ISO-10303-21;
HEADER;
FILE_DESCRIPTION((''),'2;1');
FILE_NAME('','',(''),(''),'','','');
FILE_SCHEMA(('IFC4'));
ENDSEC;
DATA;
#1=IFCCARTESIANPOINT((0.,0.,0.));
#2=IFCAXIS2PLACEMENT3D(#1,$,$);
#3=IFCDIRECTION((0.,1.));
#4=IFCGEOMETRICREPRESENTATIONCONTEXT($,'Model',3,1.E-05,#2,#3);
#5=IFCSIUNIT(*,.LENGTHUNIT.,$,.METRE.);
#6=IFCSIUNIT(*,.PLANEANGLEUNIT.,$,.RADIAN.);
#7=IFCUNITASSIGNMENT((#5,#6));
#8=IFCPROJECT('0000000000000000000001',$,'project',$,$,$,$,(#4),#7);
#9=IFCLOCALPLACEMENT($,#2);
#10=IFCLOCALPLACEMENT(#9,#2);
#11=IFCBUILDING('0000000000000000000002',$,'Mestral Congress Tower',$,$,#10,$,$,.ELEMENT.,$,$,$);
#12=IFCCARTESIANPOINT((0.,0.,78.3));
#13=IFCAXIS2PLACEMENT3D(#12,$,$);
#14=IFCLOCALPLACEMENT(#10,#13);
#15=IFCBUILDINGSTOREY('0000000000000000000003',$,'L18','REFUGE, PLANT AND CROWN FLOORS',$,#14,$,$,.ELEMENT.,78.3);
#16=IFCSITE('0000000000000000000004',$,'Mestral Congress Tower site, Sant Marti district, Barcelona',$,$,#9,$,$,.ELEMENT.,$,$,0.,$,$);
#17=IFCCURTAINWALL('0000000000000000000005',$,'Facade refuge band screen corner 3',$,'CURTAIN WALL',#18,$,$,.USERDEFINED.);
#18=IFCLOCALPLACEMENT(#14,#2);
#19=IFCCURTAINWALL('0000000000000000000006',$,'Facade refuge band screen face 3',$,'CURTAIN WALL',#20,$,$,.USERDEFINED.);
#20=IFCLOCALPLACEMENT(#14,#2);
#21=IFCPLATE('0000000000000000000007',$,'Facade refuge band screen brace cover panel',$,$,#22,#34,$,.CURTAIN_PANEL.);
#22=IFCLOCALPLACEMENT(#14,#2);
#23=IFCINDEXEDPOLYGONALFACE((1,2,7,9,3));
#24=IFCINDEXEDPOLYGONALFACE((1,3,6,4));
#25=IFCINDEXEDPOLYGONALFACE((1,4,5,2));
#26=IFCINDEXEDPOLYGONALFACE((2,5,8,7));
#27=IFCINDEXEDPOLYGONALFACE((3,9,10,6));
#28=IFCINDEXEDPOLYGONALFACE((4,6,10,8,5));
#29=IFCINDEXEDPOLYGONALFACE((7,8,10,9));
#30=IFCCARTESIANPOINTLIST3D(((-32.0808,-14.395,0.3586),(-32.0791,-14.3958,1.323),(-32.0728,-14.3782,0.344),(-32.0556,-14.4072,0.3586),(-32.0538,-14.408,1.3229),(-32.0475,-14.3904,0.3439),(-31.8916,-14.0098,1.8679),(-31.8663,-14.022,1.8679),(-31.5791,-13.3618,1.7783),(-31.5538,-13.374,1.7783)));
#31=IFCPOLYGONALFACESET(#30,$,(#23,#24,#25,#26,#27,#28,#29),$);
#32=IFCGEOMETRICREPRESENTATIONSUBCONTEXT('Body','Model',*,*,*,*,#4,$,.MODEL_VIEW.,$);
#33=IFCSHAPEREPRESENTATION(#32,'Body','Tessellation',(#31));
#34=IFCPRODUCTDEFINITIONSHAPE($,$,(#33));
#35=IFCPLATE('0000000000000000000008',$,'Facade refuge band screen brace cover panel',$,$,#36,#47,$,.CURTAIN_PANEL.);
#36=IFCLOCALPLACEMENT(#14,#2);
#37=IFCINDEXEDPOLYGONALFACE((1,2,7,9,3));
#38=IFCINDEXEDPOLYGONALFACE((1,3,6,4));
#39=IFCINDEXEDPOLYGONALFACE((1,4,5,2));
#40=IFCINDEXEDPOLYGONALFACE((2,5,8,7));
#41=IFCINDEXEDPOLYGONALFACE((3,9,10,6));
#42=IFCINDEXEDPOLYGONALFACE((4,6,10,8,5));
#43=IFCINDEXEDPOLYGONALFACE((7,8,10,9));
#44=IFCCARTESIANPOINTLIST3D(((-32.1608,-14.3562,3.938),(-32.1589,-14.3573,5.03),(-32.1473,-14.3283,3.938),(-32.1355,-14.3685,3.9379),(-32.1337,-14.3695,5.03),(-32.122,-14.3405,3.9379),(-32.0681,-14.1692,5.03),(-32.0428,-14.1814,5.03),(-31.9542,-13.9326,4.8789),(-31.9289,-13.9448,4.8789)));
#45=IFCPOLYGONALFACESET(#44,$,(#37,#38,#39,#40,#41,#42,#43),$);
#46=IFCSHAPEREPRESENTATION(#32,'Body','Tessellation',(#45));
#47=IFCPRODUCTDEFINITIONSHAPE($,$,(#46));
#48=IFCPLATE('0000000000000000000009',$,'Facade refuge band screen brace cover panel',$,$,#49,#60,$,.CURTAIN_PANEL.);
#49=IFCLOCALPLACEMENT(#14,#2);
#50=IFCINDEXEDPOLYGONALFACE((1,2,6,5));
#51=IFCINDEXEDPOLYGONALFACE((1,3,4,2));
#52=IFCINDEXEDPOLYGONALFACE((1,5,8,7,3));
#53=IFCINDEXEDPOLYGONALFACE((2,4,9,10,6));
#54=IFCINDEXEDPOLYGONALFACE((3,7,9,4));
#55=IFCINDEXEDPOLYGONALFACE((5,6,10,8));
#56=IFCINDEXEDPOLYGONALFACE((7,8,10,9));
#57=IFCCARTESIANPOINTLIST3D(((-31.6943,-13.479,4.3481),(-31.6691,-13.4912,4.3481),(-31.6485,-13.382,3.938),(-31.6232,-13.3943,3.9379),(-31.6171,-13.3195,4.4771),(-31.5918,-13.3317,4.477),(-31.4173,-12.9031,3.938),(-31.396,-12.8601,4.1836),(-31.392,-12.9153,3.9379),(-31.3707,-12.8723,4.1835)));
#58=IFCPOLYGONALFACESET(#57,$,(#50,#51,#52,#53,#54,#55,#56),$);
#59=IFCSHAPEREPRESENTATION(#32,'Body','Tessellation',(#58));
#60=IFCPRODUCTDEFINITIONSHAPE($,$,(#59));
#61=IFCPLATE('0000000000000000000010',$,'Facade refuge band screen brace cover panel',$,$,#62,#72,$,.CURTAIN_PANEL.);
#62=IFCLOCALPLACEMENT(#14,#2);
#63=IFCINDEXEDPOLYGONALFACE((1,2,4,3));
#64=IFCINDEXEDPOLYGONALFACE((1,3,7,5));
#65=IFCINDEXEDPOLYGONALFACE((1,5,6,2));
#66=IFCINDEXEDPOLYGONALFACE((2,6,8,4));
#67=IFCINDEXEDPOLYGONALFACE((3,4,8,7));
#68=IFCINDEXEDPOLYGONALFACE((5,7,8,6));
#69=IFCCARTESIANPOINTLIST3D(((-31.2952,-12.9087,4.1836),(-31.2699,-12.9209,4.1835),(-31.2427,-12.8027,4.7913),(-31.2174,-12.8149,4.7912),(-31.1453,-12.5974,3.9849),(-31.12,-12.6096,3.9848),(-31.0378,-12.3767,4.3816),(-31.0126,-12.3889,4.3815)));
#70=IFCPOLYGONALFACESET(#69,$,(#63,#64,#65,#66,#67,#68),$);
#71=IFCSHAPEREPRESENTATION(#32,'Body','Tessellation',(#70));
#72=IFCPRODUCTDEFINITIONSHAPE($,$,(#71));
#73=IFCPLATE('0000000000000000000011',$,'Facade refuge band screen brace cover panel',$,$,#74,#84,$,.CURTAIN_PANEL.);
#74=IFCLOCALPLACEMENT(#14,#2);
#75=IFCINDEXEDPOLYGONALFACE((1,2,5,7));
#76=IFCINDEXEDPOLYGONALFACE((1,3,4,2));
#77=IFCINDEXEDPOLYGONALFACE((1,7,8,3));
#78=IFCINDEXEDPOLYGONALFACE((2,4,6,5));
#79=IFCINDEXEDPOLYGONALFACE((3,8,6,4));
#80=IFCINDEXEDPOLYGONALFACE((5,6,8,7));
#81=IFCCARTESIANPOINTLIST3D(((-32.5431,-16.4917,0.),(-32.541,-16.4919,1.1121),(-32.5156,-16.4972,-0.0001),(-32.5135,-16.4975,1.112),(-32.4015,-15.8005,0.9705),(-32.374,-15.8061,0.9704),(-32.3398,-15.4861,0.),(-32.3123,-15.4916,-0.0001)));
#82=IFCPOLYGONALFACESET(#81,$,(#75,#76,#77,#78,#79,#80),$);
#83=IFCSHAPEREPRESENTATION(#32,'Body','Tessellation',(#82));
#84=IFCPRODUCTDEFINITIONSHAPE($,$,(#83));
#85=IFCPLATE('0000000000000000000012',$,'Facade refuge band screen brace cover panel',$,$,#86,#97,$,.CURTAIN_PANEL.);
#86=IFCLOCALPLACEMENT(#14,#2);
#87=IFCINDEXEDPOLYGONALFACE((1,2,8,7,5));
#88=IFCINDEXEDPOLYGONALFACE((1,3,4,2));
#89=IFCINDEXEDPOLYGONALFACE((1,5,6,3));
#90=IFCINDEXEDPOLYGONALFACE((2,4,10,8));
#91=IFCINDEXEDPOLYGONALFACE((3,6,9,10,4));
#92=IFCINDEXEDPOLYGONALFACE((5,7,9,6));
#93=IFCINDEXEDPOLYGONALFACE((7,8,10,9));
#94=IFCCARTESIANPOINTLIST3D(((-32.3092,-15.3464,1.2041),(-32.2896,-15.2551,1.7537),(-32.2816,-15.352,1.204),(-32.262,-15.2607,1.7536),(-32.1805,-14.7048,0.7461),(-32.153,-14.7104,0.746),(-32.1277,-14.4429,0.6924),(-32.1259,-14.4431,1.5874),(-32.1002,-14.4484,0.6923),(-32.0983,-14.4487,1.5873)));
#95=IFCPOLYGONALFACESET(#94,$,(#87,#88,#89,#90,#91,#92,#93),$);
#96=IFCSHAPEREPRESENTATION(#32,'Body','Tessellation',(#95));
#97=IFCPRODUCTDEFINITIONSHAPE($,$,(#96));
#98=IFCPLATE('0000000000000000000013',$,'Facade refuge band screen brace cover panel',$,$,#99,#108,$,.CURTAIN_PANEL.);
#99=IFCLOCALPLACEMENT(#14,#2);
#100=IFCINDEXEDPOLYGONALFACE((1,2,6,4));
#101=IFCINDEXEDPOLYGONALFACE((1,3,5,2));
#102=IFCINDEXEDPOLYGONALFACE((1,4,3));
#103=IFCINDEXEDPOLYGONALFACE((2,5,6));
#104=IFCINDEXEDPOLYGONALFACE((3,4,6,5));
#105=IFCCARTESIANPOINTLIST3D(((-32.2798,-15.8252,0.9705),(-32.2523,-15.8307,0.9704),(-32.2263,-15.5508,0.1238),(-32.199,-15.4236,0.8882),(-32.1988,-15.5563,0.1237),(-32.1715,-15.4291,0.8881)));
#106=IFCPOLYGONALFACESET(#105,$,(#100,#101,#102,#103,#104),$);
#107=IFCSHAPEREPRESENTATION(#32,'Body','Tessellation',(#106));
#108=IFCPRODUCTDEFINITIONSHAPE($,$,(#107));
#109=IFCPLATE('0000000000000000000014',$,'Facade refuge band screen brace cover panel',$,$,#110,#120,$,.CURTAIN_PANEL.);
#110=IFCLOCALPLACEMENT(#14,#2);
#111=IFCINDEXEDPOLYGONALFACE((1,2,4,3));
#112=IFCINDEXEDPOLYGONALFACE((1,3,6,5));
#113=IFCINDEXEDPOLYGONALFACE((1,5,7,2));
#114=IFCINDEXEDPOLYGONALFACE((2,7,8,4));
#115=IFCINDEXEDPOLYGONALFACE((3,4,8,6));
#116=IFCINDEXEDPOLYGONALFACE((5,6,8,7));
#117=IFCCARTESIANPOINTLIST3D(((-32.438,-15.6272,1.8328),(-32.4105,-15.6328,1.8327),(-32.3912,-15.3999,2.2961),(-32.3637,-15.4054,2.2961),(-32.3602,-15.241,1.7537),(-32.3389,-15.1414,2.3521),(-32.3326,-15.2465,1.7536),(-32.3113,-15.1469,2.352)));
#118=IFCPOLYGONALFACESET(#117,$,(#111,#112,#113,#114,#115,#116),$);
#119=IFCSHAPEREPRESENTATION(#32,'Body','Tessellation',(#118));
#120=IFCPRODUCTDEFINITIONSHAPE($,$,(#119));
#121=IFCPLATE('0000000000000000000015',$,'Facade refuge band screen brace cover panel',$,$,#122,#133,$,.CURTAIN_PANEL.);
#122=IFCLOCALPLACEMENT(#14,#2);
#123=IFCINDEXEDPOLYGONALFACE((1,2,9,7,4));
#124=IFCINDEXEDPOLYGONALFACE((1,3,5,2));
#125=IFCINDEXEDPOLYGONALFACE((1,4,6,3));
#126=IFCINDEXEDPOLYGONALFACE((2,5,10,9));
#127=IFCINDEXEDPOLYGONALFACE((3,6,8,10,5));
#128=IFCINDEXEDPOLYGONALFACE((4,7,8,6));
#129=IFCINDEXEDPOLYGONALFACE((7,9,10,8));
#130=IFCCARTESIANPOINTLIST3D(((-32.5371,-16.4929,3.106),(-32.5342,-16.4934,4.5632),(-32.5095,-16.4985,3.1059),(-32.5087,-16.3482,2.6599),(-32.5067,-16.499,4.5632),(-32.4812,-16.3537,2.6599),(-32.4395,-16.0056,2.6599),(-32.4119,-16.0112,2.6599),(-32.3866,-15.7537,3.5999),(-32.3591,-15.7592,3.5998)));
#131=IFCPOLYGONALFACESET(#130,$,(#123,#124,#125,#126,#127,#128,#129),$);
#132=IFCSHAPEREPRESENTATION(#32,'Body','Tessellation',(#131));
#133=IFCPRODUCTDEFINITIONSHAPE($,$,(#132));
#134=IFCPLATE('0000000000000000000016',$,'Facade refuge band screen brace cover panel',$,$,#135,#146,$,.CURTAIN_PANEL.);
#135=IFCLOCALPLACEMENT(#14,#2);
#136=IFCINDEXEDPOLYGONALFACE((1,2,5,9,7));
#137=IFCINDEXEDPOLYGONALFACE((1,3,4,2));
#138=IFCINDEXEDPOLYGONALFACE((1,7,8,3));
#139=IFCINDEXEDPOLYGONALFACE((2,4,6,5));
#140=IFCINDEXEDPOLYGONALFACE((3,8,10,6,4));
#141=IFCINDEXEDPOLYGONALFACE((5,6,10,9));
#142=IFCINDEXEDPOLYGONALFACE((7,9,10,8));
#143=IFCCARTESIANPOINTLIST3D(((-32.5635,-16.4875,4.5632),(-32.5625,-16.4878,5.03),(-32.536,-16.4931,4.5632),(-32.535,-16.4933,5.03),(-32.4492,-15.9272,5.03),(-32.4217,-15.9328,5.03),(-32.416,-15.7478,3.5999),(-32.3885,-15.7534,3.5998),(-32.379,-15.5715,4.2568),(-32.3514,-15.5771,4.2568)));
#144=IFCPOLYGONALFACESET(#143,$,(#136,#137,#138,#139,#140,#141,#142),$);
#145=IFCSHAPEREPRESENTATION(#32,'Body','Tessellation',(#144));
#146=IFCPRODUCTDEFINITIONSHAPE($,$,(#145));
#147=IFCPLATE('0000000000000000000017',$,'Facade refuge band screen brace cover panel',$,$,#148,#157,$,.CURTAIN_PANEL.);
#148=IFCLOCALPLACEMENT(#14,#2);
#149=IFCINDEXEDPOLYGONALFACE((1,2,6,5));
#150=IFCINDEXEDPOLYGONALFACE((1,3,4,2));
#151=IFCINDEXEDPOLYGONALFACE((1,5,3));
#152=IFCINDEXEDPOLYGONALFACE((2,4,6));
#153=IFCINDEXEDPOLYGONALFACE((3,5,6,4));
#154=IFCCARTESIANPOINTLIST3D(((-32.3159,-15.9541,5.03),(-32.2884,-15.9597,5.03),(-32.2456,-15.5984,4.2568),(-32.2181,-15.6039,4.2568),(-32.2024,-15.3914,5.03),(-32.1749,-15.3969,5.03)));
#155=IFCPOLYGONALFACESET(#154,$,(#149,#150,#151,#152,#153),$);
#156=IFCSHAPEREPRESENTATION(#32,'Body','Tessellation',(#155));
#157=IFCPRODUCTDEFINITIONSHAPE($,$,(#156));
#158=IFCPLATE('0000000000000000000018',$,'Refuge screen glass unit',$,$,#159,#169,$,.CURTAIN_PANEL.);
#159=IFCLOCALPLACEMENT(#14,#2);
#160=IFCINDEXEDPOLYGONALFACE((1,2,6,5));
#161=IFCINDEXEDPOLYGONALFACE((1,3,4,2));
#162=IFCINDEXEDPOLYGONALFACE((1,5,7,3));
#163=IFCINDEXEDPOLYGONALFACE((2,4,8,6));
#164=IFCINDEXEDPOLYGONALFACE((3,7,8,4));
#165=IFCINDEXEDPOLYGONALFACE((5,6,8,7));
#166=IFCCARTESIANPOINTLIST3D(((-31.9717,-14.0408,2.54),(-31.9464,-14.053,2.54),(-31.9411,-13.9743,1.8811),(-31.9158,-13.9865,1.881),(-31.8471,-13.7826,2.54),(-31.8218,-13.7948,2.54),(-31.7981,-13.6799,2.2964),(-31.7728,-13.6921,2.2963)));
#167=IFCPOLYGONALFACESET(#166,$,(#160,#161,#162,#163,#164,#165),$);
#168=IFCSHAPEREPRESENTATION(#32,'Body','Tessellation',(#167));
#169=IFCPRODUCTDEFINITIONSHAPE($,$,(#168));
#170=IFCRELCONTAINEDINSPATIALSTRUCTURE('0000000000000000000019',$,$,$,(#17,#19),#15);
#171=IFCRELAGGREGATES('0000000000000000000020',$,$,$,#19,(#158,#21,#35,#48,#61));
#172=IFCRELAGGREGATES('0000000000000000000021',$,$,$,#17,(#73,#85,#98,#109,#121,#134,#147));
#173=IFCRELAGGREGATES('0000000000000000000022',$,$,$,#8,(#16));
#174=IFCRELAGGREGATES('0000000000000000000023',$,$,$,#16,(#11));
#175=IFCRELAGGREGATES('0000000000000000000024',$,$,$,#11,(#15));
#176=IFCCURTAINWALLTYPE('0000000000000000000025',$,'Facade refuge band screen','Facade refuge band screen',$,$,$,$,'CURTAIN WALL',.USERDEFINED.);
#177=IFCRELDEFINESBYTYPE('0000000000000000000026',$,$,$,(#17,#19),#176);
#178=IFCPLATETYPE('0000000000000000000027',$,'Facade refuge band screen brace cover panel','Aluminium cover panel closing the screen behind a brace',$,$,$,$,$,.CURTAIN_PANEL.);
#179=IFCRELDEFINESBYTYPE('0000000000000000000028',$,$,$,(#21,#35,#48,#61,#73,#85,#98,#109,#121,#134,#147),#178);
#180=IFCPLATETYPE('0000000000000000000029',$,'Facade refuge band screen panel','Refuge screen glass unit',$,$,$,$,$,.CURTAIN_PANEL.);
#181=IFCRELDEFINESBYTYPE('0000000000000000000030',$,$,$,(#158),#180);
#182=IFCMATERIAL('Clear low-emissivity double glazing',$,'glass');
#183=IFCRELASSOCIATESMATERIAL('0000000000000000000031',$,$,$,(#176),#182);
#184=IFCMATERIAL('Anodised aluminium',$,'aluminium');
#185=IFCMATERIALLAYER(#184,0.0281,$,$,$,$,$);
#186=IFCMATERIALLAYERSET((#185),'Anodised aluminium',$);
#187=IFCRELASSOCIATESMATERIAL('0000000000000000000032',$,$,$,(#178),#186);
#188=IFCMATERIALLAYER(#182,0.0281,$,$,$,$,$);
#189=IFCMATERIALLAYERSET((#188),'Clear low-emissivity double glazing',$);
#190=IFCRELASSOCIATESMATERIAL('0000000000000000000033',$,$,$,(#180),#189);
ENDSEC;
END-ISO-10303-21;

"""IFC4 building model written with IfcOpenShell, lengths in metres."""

from ifc_helpers import new_model, si_unit, direction, frame, origin, place, context, subcontext, project, spatial, polyline, outline, extrude, material, layer, layer_set, type_object, element, aggregate, save


model = new_model("IFC4")

# Units and contexts
model_context = context("Model", 3, precision=1e-05, world=origin(), true_north=direction((0.0, 1.0)))
body_context = subcontext(model_context, "Body", "Model", "MODEL_VIEW")
ifc_project = project(units=[si_unit("LENGTHUNIT", "METRE"), si_unit("PLANEANGLEUNIT", "RADIAN")], contexts=[model_context])

# Site, building, storey
site_placement = place(None, origin())
site = spatial("IfcSite", under=ifc_project, at=site_placement, Name="Mestral Congress Tower site, Sant Marti district, Barcelona", CompositionType="ELEMENT", RefElevation=0.0)
building_placement = place(site_placement, origin())
building = spatial("IfcBuilding", under=site, at=building_placement, Name="Mestral Congress Tower", CompositionType="ELEMENT")
storey_placement = place(building_placement, frame((0.0, 0.0, 78.3)))
storey = spatial("IfcBuildingStorey", under=building, at=storey_placement, Name="L18", Description="REFUGE, PLANT AND CROWN FLOORS", CompositionType="ELEMENT", Elevation=78.3)

# Curtain wall
ifc_material_1 = material(Name="Clear low-emissivity double glazing", Category="glass")
curtain_wall_type = type_object("IfcCurtainWallType", Name="Facade refuge band screen", Description="Facade refuge band screen", ElementType="CURTAIN WALL", PredefinedType="USERDEFINED", material=ifc_material_1)
placement = place(storey_placement, origin())
curtain_wall_1 = element("IfcCurtainWall", 1, at=placement, inside=storey, type_object=curtain_wall_type, Name="Facade refuge band screen corner 3", ObjectType="CURTAIN WALL", PredefinedType="USERDEFINED")
ifc_material_2 = material(Name="Anodised aluminium", Category="aluminium")

# Curtain wall, plates
curtain_wall_2 = element("IfcCurtainWall", 2, at=placement, inside=storey, type_object=curtain_wall_type, Name="Facade refuge band screen face 3", ObjectType="CURTAIN WALL", PredefinedType="USERDEFINED")
ifc_layer_1 = layer(ifc_material_2, 0.0281)
ifc_layer_set_1 = layer_set([ifc_layer_1], Name="Anodised aluminium")
plate_type_1 = type_object("IfcPlateType", Name="Facade refuge band screen brace cover panel", Description="Aluminium cover panel closing the screen behind a brace", PredefinedType="CURTAIN_PANEL", material=ifc_layer_set_1)
plate_1_placement = place(storey_placement, frame((-32.0728, -14.3782, 0.344), z_axis=(-0.900609, 0.434627, 0.00198), x_axis=(0.270353, 0.556632, 0.785538)))
plate_1 = element("IfcPlate", 3, at=plate_1_placement, type_object=plate_type_1, Name="Facade refuge band screen brace cover panel", PredefinedType="CURTAIN_PANEL", context=body_context, shape_type="SweptSolid", body=[
    extrude(outline(polyline([(0.0, 0.0), (1.8259, 0.0), (1.4511, -0.6205), (0.7575, -0.6204), (0.0, -0.0237), (0.0, 0.0)])), origin(), (0.0, 0.0, -1.0), 0.0281),
])
plate_2_placement = place(storey_placement, frame((-32.0681, -14.1692, 5.03), z_axis=(-0.900506, 0.43484, 0.001935), x_axis=(-0.434841, -0.900507, 0.000003)))
plate_2 = element("IfcPlate", 4, at=plate_2_placement, type_object=plate_type_1, Name="Facade refuge band screen brace cover panel", PredefinedType="CURTAIN_PANEL", context=body_context, shape_type="SweptSolid", body=[
    extrude(outline(polyline([(0.0, 0.0), (0.2089, 0.0), (0.2087, -1.092), (0.1777, -1.092), (-0.2626, -0.1511), (0.0, 0.0)])), origin(), (0.0, 0.0, -1.0), 0.0281),
])
plate_3_placement = place(storey_placement, frame((-31.6943, -13.479, 4.3481), z_axis=(-0.900572, 0.434702, 0.002117), x_axis=(0.108116, 0.228696, -0.967476)))
plate_3 = element("IfcPlate", 5, at=plate_3_placement, type_object=plate_type_1, Name="Facade refuge band screen brace cover panel", PredefinedType="CURTAIN_PANEL", context=body_context, shape_type="SweptSolid", body=[
    extrude(outline(polyline([(0.0, 0.0), (0.4239, 0.0), (0.5585, -0.5146), (0.333, -0.6231), (-0.0799, -0.2041), (0.0, 0.0)])), origin(), (0.0, 0.0, -1.0), 0.0281),
])
plate_4_placement = place(storey_placement, frame((-31.2952, -12.9087, 4.1836), z_axis=(-0.900498, 0.434855, 0.001942), x_axis=(0.376074, 0.780999, -0.498607)))
plate_4 = element("IfcPlate", 6, at=plate_4_placement, type_object=plate_type_1, Name="Facade refuge band screen brace cover panel", PredefinedType="CURTAIN_PANEL", context=body_context, shape_type="SweptSolid", body=[
    extrude(outline(polyline([(0.0, 0.0), (0.3986, 0.0), (0.4135, -0.4663), (-0.2005, -0.5857), (0.0, 0.0)])), origin(), (0.0, 0.0, -1.0), 0.0281),
])

# Plates
plate_5_placement = place(storey_placement, frame((-32.3398, -15.4861, 0.0), z_axis=(-0.980172, 0.198139, 0.001904), x_axis=(-0.060348, -0.307658, 0.949581)))
plate_5 = element("IfcPlate", 7, at=plate_5_placement, type_object=plate_type_1, Name="Facade refuge band screen brace cover panel", PredefinedType="CURTAIN_PANEL", context=body_context, shape_type="SweptSolid", body=[
    extrude(outline(polyline([(0.0, 0.0), (1.022, 0.0), (1.3776, -0.6254), (0.3216, -0.9742), (0.0, 0.0)])), origin(), (0.0, 0.0, -1.0), 0.0281),
])
plate_6_placement = place(storey_placement, frame((-32.1277, -14.4429, 0.6924), z_axis=(-0.980192, 0.198037, 0.002054), x_axis=(0.002046, -0.000245, 0.999998)))
plate_6 = element("IfcPlate", 8, at=plate_6_placement, type_object=plate_type_1, Name="Facade refuge band screen brace cover panel", PredefinedType="CURTAIN_PANEL", context=body_context, shape_type="SweptSolid", body=[
    extrude(outline(polyline([(0.0, 0.0), (0.895, 0.0), (1.0611, -0.8284), (0.5116, -0.9217), (0.0537, -0.2672), (0.0, 0.0)])), origin(), (0.0, 0.0, -1.0), 0.0281),
])
plate_7_placement = place(storey_placement, frame((-32.199, -15.4236, 0.8882), z_axis=(-0.980262, 0.197689, 0.00217), x_axis=(-0.1934, -0.961158, 0.196906)))
plate_7 = element("IfcPlate", 9, at=plate_7_placement, type_object=plate_type_1, Name="Facade refuge band screen brace cover panel", PredefinedType="CURTAIN_PANEL", context=body_context, shape_type="SweptSolid", body=[
    extrude(outline(polyline([(0.0, 0.0), (0.4178, 0.0), (-0.023, -0.7751), (0.0, 0.0)])), origin(), (0.0, 0.0, -1.0), 0.0281),
])
plate_8_placement = place(storey_placement, frame((-32.3389, -15.1414, 2.3521), z_axis=(-0.980221, 0.197896, 0.001954), x_axis=(-0.193993, -0.958839, -0.20735)))
plate_8 = element("IfcPlate", 10, at=plate_8_placement, type_object=plate_type_1, Name="Facade refuge band screen brace cover panel", PredefinedType="CURTAIN_PANEL", context=body_context, shape_type="SweptSolid", body=[
    extrude(outline(polyline([(0.0, 0.0), (0.2696, 0.0), (0.5927, -0.4052), (0.2237, -0.5643), (0.0, 0.0)])), origin(), (0.0, 0.0, -1.0), 0.0281),
])
plate_9_placement = place(storey_placement, frame((-32.5342, -16.4934, 4.5632), z_axis=(-0.980178, 0.198106, 0.001998), x_axis=(-0.001972, 0.000327, -0.999998)))
plate_9 = element("IfcPlate", 11, at=plate_9_placement, type_object=plate_type_1, Name="Facade refuge band screen brace cover panel", PredefinedType="CURTAIN_PANEL", context=body_context, shape_type="SweptSolid", body=[
    extrude(outline(polyline([(0.0, 0.0), (1.4573, 0.0), (1.9033, -0.1475), (1.9033, -0.497), (0.9633, -0.7544), (0.0, 0.0)])), origin(), (0.0, 0.0, -1.0), 0.0281),
])
plate_10_placement = place(storey_placement, frame((-32.416, -15.7478, 3.5999), z_axis=(-0.980163, 0.198181, 0.00212), x_axis=(0.054406, 0.258766, 0.964407)))
plate_10 = element("IfcPlate", 12, at=plate_10_placement, type_object=plate_type_1, Name="Facade refuge band screen brace cover panel", PredefinedType="CURTAIN_PANEL", context=body_context, shape_type="SweptSolid", body=[
    extrude(outline(polyline([(0.0, 0.0), (0.6812, 0.0), (1.331, -0.5541), (1.1798, -1.1057), (0.7296, -0.9822), (0.0, 0.0)])), origin(), (0.0, 0.0, -1.0), 0.0281),
])
plate_11_placement = place(storey_placement, frame((-32.3159, -15.9541, 5.03), z_axis=(-0.980251, 0.197751, 0.001835), x_axis=(0.082334, 0.416529, -0.905386)))
plate_11 = element("IfcPlate", 13, at=plate_11_placement, type_object=plate_type_1, Name="Facade refuge band screen brace cover panel", PredefinedType="CURTAIN_PANEL", context=body_context, shape_type="SweptSolid", body=[
    extrude(outline(polyline([(0.0, 0.0), (0.854, 0.0), (0.2437, -0.5198), (0.0, 0.0)])), origin(), (0.0, 0.0, -1.0), 0.0281),
])
ifc_layer_2 = layer(ifc_material_1, 0.0281)
ifc_layer_set_2 = layer_set([ifc_layer_2], Name="Clear low-emissivity double glazing")
plate_type_2 = type_object("IfcPlateType", Name="Facade refuge band screen panel", Description="Refuge screen glass unit", PredefinedType="CURTAIN_PANEL", material=ifc_layer_set_2)
plate_12_placement = place(storey_placement, frame((-31.7981, -13.6799, 2.2964), z_axis=(-0.900607, 0.43463, 0.002056), x_axis=(-0.182234, -0.381897, 0.90606)))
plate_12 = element("IfcPlate", 14, at=plate_12_placement, type_object=plate_type_2, Name="Refuge screen glass unit", PredefinedType="CURTAIN_PANEL", context=body_context, shape_type="SweptSolid", body=[
    extrude(outline(polyline([(0.0, 0.0), (0.2689, 0.0), (0.3902, -0.2597), (-0.2378, -0.4722), (0.0, 0.0)])), origin(), (0.0, 0.0, -1.0), 0.0281),
])

aggregate(curtain_wall_2, [plate_12, plate_1, plate_2, plate_3, plate_4])
aggregate(curtain_wall_1, [plate_5, plate_6, plate_7, plate_8, plate_9, plate_10, plate_11])

save(model, "model.ifc")
